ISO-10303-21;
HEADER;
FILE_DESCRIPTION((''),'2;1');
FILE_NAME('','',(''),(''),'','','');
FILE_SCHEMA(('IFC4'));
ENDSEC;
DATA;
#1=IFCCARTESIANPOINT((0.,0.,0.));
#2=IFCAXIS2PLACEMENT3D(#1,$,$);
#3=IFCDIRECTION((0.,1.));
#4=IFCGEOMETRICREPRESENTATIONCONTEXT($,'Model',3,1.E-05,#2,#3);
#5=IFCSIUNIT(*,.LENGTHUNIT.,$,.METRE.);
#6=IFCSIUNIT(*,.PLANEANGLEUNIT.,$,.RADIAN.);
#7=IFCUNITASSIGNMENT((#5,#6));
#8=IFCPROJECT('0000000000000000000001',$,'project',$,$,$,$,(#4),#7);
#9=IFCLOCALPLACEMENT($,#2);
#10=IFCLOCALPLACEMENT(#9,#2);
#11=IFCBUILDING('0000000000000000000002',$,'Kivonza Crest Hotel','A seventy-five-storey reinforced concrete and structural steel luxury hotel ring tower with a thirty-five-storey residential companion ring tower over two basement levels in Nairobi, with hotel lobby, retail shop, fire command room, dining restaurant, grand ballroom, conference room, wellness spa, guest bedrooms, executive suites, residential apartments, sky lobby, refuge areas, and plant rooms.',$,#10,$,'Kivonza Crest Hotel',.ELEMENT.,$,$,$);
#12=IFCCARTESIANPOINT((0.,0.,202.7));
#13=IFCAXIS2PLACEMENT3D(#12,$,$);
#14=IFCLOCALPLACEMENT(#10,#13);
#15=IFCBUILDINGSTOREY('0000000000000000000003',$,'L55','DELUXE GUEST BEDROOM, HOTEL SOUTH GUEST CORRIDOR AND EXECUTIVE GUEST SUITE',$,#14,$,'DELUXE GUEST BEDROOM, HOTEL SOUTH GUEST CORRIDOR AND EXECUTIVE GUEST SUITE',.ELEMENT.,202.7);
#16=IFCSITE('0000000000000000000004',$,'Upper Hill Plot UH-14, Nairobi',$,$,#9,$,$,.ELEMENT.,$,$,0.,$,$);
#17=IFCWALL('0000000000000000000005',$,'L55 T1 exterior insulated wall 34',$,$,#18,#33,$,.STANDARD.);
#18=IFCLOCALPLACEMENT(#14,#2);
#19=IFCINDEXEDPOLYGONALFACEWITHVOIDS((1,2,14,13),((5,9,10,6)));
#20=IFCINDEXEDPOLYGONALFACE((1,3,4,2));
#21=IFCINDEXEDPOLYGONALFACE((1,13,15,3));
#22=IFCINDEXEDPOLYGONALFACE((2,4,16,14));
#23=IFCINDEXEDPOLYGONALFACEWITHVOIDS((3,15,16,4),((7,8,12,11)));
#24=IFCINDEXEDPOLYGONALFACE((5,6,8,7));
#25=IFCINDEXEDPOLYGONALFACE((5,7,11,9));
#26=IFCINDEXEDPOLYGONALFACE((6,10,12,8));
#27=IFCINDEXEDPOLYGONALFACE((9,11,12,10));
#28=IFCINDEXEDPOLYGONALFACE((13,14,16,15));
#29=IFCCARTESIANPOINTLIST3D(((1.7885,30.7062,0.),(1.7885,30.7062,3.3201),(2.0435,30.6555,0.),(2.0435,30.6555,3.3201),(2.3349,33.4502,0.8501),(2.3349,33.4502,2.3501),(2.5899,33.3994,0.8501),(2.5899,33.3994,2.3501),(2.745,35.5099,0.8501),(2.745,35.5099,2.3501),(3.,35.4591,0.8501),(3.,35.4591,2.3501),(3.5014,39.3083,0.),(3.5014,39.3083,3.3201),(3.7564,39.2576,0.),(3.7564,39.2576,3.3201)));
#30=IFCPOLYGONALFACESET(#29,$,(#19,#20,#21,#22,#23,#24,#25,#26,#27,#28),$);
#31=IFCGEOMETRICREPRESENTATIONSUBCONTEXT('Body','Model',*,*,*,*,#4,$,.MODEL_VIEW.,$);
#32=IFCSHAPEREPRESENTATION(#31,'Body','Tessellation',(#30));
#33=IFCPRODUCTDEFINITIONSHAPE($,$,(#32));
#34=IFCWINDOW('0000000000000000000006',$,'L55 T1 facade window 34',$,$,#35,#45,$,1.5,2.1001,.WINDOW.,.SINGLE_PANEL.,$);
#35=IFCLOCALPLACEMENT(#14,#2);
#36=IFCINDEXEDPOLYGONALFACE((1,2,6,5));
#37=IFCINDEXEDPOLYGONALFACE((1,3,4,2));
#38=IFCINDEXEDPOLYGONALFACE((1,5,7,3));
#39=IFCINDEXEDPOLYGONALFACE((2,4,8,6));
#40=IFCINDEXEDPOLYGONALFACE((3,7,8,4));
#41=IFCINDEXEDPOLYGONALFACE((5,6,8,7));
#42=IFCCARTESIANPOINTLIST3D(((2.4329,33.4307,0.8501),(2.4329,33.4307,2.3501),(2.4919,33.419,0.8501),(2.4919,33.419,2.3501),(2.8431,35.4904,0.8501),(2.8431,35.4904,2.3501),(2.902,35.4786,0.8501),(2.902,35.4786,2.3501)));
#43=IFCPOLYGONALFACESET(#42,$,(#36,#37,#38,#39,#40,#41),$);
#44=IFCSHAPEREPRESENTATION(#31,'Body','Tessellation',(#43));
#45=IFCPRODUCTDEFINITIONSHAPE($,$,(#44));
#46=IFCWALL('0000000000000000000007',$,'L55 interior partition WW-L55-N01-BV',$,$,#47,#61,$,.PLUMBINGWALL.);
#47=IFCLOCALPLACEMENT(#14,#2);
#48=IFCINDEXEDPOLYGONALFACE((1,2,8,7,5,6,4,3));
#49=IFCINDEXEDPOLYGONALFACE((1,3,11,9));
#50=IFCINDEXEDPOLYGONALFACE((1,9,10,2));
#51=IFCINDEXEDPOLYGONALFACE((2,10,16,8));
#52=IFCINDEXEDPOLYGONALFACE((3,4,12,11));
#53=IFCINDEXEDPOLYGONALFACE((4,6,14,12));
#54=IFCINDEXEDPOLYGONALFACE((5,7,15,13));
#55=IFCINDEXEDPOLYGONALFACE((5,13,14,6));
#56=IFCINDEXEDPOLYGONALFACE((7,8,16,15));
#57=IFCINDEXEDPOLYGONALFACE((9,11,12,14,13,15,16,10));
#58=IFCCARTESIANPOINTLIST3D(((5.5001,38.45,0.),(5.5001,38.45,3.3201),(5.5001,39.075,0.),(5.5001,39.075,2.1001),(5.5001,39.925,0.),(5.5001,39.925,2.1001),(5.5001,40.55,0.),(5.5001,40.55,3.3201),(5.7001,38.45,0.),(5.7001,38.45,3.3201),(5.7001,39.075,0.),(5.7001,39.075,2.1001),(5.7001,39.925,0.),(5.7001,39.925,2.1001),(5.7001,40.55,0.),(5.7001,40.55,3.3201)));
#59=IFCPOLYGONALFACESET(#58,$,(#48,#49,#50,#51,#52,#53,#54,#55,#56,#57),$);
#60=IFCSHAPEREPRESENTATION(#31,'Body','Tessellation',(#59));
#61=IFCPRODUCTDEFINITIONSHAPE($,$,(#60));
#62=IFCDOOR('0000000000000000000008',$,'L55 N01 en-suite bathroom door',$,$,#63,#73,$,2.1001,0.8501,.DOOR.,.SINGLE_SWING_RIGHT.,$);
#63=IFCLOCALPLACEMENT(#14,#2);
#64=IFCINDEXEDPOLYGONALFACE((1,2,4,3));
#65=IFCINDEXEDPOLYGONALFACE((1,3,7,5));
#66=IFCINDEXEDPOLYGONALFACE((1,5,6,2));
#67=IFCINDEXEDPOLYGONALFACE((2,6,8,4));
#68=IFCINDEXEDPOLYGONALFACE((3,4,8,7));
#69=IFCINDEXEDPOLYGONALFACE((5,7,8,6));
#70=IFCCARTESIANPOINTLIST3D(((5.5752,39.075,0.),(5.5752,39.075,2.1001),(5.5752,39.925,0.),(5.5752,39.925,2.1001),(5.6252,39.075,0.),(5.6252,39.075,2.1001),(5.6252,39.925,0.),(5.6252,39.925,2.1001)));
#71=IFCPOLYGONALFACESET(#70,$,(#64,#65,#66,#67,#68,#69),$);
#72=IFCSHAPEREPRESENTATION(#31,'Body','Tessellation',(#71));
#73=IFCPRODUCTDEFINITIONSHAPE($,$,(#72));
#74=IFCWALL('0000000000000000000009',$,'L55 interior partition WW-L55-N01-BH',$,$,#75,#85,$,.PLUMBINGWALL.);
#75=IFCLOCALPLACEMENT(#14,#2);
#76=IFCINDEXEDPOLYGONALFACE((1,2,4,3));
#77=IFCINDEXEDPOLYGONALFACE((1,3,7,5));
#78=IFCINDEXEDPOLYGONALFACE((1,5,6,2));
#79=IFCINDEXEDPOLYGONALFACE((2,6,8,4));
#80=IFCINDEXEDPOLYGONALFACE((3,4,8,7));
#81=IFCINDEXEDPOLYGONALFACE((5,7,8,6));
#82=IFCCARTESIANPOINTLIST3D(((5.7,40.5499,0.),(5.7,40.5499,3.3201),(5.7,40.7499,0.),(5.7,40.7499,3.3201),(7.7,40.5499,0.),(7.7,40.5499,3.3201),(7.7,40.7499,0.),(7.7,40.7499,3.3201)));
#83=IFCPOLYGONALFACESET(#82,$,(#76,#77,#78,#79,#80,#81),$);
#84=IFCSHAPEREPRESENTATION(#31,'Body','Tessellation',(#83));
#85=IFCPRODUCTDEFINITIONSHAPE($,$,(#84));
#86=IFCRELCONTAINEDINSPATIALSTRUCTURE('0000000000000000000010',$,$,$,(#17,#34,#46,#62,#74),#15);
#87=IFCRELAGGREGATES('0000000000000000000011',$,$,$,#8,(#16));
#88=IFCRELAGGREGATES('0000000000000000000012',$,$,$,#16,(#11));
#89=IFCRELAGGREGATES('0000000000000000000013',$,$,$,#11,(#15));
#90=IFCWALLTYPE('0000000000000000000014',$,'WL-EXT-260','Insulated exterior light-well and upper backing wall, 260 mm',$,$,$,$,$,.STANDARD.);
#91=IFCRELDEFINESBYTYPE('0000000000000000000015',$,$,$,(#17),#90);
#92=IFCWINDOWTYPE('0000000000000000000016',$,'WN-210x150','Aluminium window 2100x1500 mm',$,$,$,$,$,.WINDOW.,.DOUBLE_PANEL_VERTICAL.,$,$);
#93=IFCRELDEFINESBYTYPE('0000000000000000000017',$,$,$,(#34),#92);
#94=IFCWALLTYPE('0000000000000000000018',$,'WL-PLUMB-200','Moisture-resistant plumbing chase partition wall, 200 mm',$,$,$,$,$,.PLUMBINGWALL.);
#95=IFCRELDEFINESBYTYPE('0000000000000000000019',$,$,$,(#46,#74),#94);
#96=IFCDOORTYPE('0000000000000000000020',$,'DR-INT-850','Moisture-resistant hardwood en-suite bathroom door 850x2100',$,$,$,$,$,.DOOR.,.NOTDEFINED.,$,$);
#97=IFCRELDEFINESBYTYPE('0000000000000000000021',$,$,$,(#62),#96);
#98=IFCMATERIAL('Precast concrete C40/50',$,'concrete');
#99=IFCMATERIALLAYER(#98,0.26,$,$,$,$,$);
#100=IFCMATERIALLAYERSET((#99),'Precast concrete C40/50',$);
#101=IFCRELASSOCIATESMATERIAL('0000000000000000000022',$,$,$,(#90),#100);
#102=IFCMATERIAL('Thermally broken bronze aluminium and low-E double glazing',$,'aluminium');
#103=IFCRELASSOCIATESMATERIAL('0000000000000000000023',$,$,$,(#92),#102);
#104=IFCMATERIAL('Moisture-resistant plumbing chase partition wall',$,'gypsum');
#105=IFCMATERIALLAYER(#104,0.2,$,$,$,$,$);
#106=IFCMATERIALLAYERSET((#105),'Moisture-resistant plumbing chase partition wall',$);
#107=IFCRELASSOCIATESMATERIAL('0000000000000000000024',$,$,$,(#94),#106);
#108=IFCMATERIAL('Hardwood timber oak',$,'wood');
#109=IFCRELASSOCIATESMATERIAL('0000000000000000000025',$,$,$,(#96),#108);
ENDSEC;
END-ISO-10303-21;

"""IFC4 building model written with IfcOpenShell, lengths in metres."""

from ifc_helpers import new_model, si_unit, direction, frame, frame_2d, origin, place, context, subcontext, project, spatial, rectangle, extrude, material, layer, layer_set, type_object, element, fill, save


model = new_model("IFC4")

# Units and contexts
model_context = context("Model", 3, precision=1e-05, world=origin(), true_north=direction((0.0, 1.0)))
body_context = subcontext(model_context, "Body", "Model", "MODEL_VIEW")
ifc_project = project(units=[si_unit("LENGTHUNIT", "METRE"), si_unit("PLANEANGLEUNIT", "RADIAN")], contexts=[model_context])

# Site, building, storey
site_placement = place(None, origin())
site = spatial("IfcSite", under=ifc_project, at=site_placement, Name="Upper Hill Plot UH-14, Nairobi", CompositionType="ELEMENT", RefElevation=0.0)
building_placement = place(site_placement, origin())
building = spatial("IfcBuilding", under=site, at=building_placement, Name="Kivonza Crest Hotel", Description="A seventy-five-storey reinforced concrete and structural steel luxury hotel ring tower with a thirty-five-storey residential companion ring tower over two basement levels in Nairobi, with hotel lobby, retail shop, fire command room, dining restaurant, grand ballroom, conference room, wellness spa, guest bedrooms, executive suites, residential apartments, sky lobby, refuge areas, and plant rooms.", LongName="Kivonza Crest Hotel", CompositionType="ELEMENT")
storey_placement = place(building_placement, frame((0.0, 0.0, 202.7)))
storey = spatial("IfcBuildingStorey", under=building, at=storey_placement, Name="L55", Description="DELUXE GUEST BEDROOM, HOTEL SOUTH GUEST CORRIDOR AND EXECUTIVE GUEST SUITE", LongName="DELUXE GUEST BEDROOM, HOTEL SOUTH GUEST CORRIDOR AND EXECUTIVE GUEST SUITE", CompositionType="ELEMENT", Elevation=202.7)

# Shared definitions
ifc_material_1 = material(Name="Hardwood timber oak", Category="wood")

# Shared definitions
ifc_material_2 = material(Name="Precast concrete C40/50", Category="concrete")
ifc_layer_1 = layer(ifc_material_2, 0.26)
ifc_layer_set_1 = layer_set([ifc_layer_1], Name="Precast concrete C40/50")
wall_type_1 = type_object("IfcWallType", Name="WL-EXT-260", Description="Insulated exterior light-well and upper backing wall, 260 mm", PredefinedType="STANDARD", material=ifc_layer_set_1)

# Wall, opening, window
ifc_material_3 = material(Name="Thermally broken bronze aluminium and low-E double glazing", Category="aluminium")
wall_1_placement = place(storey_placement, frame((3.6289, 39.283, 0.0), z_axis=(0.0, 0.0, 1.0), x_axis=(-0.195292, -0.980745, 0.0)))
wall_1 = element("IfcWall", 1, at=wall_1_placement, inside=storey, type_object=wall_type_1, Name="L55 T1 exterior insulated wall 34", PredefinedType="STANDARD", context=body_context, shape_type="SweptSolid", body=[
    extrude(rectangle(XDim=8.771, YDim=0.26, at=frame_2d((4.3855, 0.0))), origin(), (0.0, 0.0, 1.0), 3.3201),
])
opening_1_placement = place(wall_1_placement, frame((3.873, 0.0, 0.8501)))
opening_1 = element("IfcOpeningElement", 2, at=opening_1_placement, cuts=wall_1, PredefinedType="OPENING", context=body_context, shape_type="SweptSolid", body=[
    extrude(rectangle(XDim=2.1001, YDim=1.5, at=frame_2d((1.05, 0.75))), frame((0.0, 0.1401, 0.0), z_axis=(0.0, -1.0, 0.0), x_axis=(1.0, 0.0, 0.0)), (0.0, 0.0, 1.0), 0.28),
])
window_type_1 = type_object("IfcWindowType", Name="WN-210x150", Description="Aluminium window 2100x1500 mm", PartitioningType="DOUBLE_PANEL_VERTICAL", PredefinedType="WINDOW", material=ifc_material_3)
window_1_placement = place(opening_1_placement, origin())
window_1 = element("IfcWindow", 3, at=window_1_placement, inside=storey, type_object=window_type_1, Name="L55 T1 facade window 34", OverallHeight=1.5, OverallWidth=2.1001, PartitioningType="SINGLE_PANEL", PredefinedType="WINDOW", context=body_context, shape_type="SweptSolid", body=[
    extrude(rectangle(XDim=2.1001, YDim=1.5, at=frame_2d((1.05, 0.75))), frame((0.0, 0.03, 0.0), z_axis=(0.0, -1.0, 0.0), x_axis=(1.0, 0.0, 0.0)), (0.0, 0.0, 1.0), 0.0601),
])
fill(opening_1, window_1)

# Wall, opening, door
ifc_material_4 = material(Name="Moisture-resistant plumbing chase partition wall", Category="gypsum")
ifc_layer_2 = layer(ifc_material_4, 0.2)
ifc_layer_set_2 = layer_set([ifc_layer_2], Name="Moisture-resistant plumbing chase partition wall")
wall_type_2 = type_object("IfcWallType", Name="WL-PLUMB-200", Description="Moisture-resistant plumbing chase partition wall, 200 mm", PredefinedType="PLUMBINGWALL", material=ifc_layer_set_2)
wall_2_placement = place(storey_placement, frame((5.6001, 38.45, 0.0), z_axis=(0.0, 0.0, 1.0), x_axis=(0.0, 1.0, 0.0)))
wall_2 = element("IfcWall", 4, at=wall_2_placement, inside=storey, type_object=wall_type_2, Name="L55 interior partition WW-L55-N01-BV", PredefinedType="PLUMBINGWALL", context=body_context, shape_type="SweptSolid", body=[
    extrude(rectangle(XDim=2.1001, YDim=0.2, at=frame_2d((1.05, 0.0))), origin(), (0.0, 0.0, 1.0), 3.3201),
])
opening_2_placement = place(wall_2_placement, frame((0.625, 0.0, 0.0)))
opening_2 = element("IfcOpeningElement", 5, at=opening_2_placement, cuts=wall_2, PredefinedType="OPENING", context=body_context, shape_type="SweptSolid", body=[
    extrude(rectangle(XDim=0.8501, YDim=2.1001, at=frame_2d((0.425, 1.05))), frame((0.0, 0.1099, 0.0), z_axis=(0.0, -1.0, 0.0), x_axis=(1.0, 0.0, 0.0)), (0.0, 0.0, 1.0), 0.22),
])
door_type_1 = type_object("IfcDoorType", Name="DR-INT-850", Description="Moisture-resistant hardwood en-suite bathroom door 850x2100", OperationType="NOTDEFINED", PredefinedType="DOOR", material=ifc_material_1)
door_1_placement = place(opening_2_placement, origin())
door_1 = element("IfcDoor", 6, at=door_1_placement, inside=storey, type_object=door_type_1, Name="L55 N01 en-suite bathroom door", OperationType="SINGLE_SWING_RIGHT", OverallHeight=2.1001, OverallWidth=0.8501, PredefinedType="DOOR", context=body_context, shape_type="SweptSolid", body=[
    extrude(rectangle(XDim=0.8501, YDim=2.1001, at=frame_2d((0.425, 1.05))), frame((0.0, 0.0249, 0.0), z_axis=(0.0, -1.0, 0.0), x_axis=(1.0, 0.0, 0.0)), (0.0, 0.0, 1.0), 0.05),
])
fill(opening_2, door_1)

# Wall
wall_3_placement = place(storey_placement, frame((5.7, 40.6499, 0.0), z_axis=(0.0, 0.0, 1.0), x_axis=(1.0, 0.0, 0.0)))
element("IfcWall", 7, at=wall_3_placement, inside=storey, type_object=wall_type_2, Name="L55 interior partition WW-L55-N01-BH", PredefinedType="PLUMBINGWALL", context=body_context, shape_type="SweptSolid", body=[
    extrude(rectangle(XDim=2.0, YDim=0.2, at=frame_2d((1.0, 0.0))), origin(), (0.0, 0.0, 1.0), 3.3201),
])

save(model, "model.ifc")
